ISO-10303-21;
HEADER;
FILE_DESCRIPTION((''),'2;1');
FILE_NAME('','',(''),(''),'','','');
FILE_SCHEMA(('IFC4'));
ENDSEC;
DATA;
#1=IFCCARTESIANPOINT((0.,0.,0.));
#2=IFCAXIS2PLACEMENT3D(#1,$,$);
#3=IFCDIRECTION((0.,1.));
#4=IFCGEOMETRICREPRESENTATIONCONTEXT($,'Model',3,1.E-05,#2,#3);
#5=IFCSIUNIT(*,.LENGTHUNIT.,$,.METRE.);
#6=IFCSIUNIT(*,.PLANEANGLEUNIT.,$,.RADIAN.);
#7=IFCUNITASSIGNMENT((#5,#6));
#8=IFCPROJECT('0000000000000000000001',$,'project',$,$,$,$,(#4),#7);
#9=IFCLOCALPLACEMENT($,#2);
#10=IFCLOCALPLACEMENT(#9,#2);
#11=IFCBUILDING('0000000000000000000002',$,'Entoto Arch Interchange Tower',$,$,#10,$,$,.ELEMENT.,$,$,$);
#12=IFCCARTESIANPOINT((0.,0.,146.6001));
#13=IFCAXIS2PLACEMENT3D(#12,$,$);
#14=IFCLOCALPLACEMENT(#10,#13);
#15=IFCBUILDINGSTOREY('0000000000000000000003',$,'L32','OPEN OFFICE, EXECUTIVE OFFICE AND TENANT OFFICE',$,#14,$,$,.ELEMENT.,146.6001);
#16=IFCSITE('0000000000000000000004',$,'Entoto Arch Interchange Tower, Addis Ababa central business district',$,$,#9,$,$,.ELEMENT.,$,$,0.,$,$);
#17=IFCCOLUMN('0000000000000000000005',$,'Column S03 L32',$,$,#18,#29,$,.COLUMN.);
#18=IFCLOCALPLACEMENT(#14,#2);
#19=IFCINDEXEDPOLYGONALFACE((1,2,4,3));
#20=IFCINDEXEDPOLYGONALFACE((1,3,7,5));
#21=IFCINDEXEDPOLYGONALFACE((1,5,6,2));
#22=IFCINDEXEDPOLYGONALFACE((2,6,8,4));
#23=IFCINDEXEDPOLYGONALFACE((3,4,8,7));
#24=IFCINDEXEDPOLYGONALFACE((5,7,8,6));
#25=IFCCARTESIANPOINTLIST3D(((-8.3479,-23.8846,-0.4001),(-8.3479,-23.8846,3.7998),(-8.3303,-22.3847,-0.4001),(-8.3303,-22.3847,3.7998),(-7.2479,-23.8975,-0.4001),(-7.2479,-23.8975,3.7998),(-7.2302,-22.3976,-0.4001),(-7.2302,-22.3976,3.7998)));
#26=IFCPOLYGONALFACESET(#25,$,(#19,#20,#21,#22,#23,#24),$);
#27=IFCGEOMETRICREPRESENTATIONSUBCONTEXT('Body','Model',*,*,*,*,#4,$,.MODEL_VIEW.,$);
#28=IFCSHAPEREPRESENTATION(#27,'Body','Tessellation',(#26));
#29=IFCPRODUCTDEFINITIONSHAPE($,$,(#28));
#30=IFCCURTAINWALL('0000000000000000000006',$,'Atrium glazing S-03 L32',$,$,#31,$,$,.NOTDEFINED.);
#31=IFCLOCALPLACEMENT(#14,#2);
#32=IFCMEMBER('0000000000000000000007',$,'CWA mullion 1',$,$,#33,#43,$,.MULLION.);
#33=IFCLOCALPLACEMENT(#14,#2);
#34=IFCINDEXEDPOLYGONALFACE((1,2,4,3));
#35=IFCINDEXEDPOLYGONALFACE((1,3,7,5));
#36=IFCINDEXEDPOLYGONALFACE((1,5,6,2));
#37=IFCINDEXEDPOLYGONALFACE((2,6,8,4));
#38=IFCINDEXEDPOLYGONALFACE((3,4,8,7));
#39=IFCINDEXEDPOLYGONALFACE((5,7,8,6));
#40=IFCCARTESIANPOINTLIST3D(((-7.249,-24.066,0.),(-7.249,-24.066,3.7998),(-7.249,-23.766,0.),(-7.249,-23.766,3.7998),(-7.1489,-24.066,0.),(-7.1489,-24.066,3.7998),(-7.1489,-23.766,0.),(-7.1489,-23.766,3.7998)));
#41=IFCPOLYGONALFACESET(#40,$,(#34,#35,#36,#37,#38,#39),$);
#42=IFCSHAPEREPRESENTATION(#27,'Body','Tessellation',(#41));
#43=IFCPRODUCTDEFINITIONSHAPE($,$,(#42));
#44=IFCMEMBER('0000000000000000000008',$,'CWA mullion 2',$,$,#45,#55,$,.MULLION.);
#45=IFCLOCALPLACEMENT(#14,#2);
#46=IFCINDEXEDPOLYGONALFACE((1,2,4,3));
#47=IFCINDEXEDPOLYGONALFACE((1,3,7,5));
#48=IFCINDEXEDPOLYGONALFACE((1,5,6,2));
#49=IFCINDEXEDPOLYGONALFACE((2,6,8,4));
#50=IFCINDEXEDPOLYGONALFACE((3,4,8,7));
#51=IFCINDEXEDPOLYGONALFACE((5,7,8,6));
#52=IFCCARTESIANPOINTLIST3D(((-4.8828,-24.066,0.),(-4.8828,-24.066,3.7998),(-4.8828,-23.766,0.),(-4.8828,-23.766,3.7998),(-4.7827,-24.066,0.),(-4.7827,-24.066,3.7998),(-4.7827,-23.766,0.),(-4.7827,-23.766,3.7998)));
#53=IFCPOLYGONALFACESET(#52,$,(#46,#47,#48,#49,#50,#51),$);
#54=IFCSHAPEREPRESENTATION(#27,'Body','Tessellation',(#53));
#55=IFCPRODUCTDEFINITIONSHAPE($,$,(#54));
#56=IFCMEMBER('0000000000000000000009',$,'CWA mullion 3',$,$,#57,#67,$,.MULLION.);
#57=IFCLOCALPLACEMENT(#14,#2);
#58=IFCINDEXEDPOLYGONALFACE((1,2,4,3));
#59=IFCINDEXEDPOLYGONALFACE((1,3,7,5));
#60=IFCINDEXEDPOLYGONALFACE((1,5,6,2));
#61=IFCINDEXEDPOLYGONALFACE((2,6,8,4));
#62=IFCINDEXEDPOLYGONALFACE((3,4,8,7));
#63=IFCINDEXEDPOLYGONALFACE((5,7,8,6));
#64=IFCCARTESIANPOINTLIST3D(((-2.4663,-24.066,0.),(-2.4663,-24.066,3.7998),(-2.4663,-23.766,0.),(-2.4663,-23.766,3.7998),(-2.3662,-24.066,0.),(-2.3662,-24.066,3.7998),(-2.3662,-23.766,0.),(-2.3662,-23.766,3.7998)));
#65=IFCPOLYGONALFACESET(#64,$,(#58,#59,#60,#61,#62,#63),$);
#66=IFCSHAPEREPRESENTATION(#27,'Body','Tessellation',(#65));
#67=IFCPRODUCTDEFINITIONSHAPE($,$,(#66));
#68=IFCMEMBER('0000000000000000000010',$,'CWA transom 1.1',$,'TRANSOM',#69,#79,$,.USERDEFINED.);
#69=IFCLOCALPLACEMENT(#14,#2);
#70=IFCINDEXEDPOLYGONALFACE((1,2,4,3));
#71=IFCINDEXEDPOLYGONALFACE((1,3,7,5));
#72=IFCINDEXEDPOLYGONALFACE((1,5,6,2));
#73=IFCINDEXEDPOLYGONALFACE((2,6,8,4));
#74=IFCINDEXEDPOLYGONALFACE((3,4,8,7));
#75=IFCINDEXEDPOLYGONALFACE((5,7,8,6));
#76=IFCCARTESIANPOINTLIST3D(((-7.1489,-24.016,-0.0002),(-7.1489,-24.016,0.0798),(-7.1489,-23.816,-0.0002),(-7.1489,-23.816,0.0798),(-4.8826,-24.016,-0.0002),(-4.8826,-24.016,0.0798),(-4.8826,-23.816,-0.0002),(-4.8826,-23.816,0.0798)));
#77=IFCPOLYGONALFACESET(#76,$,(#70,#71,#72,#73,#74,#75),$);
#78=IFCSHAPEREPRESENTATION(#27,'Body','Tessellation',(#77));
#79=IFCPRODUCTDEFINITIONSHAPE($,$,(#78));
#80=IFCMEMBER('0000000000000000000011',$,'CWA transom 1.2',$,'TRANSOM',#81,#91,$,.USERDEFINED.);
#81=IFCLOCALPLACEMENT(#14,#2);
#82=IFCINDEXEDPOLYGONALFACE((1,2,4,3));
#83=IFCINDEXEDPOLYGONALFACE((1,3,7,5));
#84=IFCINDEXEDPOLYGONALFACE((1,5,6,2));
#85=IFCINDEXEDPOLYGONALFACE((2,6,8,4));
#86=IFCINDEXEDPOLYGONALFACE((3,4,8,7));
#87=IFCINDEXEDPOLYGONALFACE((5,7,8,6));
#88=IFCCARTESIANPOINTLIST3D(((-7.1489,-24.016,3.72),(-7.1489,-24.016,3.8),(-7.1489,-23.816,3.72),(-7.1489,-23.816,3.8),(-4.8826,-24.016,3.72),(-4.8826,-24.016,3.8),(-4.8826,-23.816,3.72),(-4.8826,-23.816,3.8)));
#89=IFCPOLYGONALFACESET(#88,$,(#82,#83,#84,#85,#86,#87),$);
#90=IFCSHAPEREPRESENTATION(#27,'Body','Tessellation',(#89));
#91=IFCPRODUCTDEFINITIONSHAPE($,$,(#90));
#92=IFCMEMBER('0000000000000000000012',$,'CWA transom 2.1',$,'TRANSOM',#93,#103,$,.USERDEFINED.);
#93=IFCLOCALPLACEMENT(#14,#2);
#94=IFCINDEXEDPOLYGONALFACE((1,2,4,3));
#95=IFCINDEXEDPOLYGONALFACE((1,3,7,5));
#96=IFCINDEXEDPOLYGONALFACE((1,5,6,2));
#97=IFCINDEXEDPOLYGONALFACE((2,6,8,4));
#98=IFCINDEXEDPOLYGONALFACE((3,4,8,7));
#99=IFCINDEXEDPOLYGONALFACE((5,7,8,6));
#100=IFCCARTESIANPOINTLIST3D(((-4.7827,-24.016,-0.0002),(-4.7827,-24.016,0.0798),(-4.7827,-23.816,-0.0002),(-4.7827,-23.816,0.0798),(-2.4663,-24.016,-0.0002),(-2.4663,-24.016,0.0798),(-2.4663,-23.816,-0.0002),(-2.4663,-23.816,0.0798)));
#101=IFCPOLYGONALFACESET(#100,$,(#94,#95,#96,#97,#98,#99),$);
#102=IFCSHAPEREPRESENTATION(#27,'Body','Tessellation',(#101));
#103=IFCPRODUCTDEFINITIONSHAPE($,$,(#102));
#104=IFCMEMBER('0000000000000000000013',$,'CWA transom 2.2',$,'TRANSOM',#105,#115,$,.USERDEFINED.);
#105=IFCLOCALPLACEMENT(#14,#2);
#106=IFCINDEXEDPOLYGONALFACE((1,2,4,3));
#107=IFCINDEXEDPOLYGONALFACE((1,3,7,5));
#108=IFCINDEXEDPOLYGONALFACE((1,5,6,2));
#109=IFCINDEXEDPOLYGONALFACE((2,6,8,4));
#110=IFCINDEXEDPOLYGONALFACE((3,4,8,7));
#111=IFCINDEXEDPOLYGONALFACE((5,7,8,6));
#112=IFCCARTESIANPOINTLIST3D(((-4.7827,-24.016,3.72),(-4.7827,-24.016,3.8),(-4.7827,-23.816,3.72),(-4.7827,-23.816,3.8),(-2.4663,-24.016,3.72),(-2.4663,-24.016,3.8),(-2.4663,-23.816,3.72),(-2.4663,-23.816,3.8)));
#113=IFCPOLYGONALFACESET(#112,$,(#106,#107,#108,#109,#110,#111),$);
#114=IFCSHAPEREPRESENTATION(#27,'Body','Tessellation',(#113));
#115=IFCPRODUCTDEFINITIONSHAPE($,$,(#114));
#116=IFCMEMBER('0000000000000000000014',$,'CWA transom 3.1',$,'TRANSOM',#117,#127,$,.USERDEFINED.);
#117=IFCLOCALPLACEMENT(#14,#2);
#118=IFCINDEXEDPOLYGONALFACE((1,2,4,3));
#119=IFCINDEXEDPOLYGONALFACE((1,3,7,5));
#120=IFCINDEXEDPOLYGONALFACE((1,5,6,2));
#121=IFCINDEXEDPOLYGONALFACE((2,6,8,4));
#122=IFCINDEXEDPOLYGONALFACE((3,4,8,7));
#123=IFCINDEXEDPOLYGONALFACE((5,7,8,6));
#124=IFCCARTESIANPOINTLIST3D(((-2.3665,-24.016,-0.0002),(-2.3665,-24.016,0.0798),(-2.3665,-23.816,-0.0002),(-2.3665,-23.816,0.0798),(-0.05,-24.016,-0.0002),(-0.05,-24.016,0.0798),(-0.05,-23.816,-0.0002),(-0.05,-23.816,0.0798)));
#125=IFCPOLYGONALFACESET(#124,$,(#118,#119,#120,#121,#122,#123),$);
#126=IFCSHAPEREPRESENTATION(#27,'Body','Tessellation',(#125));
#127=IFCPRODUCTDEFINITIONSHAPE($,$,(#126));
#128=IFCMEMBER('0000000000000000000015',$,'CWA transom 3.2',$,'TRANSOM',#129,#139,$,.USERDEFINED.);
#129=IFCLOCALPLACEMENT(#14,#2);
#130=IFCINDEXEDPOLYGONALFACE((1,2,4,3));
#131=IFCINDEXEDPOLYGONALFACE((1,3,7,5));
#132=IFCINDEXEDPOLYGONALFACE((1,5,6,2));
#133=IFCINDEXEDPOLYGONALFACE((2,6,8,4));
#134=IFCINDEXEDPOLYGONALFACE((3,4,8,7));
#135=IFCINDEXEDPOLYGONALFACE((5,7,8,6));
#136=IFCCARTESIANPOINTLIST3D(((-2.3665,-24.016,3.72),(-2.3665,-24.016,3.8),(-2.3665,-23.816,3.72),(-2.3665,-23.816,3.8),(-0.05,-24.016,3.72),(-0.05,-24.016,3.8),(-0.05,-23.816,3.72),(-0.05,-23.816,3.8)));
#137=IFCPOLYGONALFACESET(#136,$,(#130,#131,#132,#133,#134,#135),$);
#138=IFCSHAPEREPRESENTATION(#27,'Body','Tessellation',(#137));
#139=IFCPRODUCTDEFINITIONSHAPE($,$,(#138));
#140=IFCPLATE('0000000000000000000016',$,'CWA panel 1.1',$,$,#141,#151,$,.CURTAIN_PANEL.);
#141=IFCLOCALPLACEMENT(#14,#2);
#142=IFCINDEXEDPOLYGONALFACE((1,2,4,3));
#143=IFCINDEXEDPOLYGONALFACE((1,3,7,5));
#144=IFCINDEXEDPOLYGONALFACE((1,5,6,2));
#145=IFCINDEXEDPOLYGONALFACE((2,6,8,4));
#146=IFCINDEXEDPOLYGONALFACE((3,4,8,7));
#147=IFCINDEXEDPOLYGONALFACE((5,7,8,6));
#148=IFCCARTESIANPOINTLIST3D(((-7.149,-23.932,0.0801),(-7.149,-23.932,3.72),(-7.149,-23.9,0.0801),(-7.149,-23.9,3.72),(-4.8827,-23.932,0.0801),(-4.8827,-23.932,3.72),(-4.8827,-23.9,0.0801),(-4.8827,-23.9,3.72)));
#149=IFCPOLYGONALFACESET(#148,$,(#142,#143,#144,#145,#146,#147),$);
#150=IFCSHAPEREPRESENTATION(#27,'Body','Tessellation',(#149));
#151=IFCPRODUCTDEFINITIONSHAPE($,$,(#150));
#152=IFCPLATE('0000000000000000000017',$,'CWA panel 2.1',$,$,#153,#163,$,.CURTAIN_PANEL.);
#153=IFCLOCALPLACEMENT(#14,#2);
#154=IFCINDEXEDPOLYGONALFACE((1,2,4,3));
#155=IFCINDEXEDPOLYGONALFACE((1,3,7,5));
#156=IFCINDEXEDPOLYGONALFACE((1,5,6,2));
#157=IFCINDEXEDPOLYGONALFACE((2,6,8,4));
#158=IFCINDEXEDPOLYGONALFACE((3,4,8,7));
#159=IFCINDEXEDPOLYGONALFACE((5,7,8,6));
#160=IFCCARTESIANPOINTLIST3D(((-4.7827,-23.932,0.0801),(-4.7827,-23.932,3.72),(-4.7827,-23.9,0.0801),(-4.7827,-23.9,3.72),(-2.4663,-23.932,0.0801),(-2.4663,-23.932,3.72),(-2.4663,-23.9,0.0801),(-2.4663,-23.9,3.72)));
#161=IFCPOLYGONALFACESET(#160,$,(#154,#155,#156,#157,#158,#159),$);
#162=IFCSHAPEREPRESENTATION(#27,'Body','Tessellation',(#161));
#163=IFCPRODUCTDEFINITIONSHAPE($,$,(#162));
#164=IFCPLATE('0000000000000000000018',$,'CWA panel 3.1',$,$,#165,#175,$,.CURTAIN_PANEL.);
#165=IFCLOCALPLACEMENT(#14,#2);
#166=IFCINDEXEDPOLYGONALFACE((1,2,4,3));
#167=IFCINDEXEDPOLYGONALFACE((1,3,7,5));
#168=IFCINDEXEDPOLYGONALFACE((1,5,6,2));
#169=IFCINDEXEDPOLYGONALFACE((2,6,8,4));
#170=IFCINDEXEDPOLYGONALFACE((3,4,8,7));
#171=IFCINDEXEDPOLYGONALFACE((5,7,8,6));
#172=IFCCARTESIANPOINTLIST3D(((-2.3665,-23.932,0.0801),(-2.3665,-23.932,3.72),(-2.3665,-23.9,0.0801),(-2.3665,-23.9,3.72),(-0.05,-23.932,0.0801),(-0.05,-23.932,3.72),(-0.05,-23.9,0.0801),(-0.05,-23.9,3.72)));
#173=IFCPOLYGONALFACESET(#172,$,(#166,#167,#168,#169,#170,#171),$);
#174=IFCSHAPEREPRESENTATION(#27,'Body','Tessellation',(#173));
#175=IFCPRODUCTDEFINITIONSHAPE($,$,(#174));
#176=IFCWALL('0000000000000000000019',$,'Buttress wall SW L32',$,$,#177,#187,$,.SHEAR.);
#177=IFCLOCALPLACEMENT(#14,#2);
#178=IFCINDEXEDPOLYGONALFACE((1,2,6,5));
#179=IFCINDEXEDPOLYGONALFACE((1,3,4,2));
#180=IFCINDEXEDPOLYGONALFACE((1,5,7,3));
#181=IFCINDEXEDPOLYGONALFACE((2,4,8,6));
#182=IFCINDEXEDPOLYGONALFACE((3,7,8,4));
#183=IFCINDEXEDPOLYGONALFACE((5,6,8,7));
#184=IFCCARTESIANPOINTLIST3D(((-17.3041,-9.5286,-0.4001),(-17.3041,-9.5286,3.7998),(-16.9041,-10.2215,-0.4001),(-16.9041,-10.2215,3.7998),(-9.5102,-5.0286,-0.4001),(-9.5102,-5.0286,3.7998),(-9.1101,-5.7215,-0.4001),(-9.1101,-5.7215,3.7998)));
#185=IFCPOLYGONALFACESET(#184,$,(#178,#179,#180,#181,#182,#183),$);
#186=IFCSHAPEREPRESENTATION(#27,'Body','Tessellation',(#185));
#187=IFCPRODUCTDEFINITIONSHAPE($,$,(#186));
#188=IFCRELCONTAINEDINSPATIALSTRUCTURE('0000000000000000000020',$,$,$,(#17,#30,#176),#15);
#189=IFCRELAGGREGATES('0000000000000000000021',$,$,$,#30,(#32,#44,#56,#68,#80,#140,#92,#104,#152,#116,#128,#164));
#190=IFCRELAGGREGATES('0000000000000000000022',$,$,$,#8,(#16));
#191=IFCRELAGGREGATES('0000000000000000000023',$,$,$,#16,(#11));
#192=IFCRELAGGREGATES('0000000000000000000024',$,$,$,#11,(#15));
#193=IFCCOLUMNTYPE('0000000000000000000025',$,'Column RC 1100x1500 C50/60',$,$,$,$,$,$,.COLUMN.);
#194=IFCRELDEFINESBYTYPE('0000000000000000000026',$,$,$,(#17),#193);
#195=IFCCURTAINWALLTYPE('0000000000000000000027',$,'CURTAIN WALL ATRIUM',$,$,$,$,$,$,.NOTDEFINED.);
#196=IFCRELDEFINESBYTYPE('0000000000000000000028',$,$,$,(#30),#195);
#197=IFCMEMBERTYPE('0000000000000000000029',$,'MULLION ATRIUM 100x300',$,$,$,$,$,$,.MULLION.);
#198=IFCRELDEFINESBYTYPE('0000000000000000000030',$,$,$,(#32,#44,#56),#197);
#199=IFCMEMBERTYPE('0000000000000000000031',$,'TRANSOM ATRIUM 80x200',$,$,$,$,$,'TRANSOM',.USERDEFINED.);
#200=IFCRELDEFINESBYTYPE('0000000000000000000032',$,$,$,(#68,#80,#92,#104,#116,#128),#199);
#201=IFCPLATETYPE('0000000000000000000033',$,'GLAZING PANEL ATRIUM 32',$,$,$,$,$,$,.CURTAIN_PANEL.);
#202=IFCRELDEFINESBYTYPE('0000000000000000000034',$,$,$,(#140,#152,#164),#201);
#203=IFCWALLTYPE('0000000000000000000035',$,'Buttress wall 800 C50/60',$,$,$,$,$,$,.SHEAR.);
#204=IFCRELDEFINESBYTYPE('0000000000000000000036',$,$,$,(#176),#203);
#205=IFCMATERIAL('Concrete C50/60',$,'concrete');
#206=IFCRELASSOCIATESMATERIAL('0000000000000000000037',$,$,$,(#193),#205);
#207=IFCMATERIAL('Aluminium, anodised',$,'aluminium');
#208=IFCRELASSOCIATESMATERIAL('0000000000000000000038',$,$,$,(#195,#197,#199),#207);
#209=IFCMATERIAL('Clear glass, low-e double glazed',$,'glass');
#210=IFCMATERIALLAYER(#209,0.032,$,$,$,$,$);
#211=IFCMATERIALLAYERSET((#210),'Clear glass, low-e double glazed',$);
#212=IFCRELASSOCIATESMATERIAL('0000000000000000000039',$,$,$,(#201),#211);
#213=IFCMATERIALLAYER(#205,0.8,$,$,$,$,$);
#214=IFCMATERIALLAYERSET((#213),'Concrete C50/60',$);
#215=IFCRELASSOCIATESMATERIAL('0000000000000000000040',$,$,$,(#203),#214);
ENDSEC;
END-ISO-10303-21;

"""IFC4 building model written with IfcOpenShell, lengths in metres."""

from ifc_helpers import new_model, si_unit, direction, frame, frame_2d, origin, origin_2d, place, context, subcontext, project, spatial, rectangle, extrude, material, layer, layer_set, material_profile, profile_set, type_object, element, aggregate, save


model = new_model("IFC4")

# Units and contexts
model_context = context("Model", 3, precision=1e-05, world=origin(), true_north=direction((0.0, 1.0)))
body_context = subcontext(model_context, "Body", "Model", "MODEL_VIEW")
ifc_project = project(units=[si_unit("LENGTHUNIT", "METRE"), si_unit("PLANEANGLEUNIT", "RADIAN")], contexts=[model_context])

# Site, building, storey
site_placement = place(None, origin())
site = spatial("IfcSite", under=ifc_project, at=site_placement, Name="Entoto Arch Interchange Tower, Addis Ababa central business district", CompositionType="ELEMENT", RefElevation=0.0)
building_placement = place(site_placement, origin())
building = spatial("IfcBuilding", under=site, at=building_placement, Name="Entoto Arch Interchange Tower", CompositionType="ELEMENT")
storey_placement = place(building_placement, frame((0.0, 0.0, 146.6001)))
storey = spatial("IfcBuildingStorey", under=building, at=storey_placement, Name="L32", Description="OPEN OFFICE, EXECUTIVE OFFICE AND TENANT OFFICE", CompositionType="ELEMENT", Elevation=146.6001)

# Column
ifc_material_1 = material(Name="Concrete C50/60", Category="concrete")
ifc_material_profile_1 = material_profile(ifc_material_1, rectangle(XDim=1.1001, YDim=1.5, at=origin_2d()))
ifc_profile_set_1 = profile_set([ifc_material_profile_1], Name="Concrete C50/60")
column_type = type_object("IfcColumnType", Name="Column RC 1100x1500 C50/60", PredefinedType="COLUMN", material=ifc_profile_set_1)
column_placement = place(storey_placement, frame((-7.7891, -23.1411, -0.4001), z_axis=(0.0, 0.0, 1.0), x_axis=(-0.999931, 0.011746, 0.0)))
element("IfcColumn", 1, at=column_placement, inside=storey, type_object=column_type, Name="Column S03 L32", PredefinedType="COLUMN", context=body_context, shape_type="SweptSolid", body=[
    extrude(rectangle(XDim=1.1001, YDim=1.5, at=origin_2d()), origin(), (0.0, 0.0, 1.0), 4.2),
])

# Curtain wall, members, plates
ifc_material_2 = material(Name="Aluminium, anodised", Category="aluminium")
curtain_wall_type = type_object("IfcCurtainWallType", Name="CURTAIN WALL ATRIUM", PredefinedType="NOTDEFINED", material=ifc_material_2)
curtain_wall_placement = place(storey_placement, origin())
curtain_wall = element("IfcCurtainWall", 2, at=curtain_wall_placement, inside=storey, type_object=curtain_wall_type, Name="Atrium glazing S-03 L32", PredefinedType="NOTDEFINED")
ifc_material_profile_2 = material_profile(ifc_material_2, rectangle(XDim=0.3, YDim=0.1001, at=origin_2d()))
ifc_profile_set_2 = profile_set([ifc_material_profile_2], Name="Aluminium, anodised")
member_type_1 = type_object("IfcMemberType", Name="MULLION ATRIUM 100x300", PredefinedType="MULLION", material=ifc_profile_set_2)
member_1_placement = place(storey_placement, frame((-7.199, -23.916, 0.0), z_axis=(0.0, 0.0, 1.0), x_axis=(0.0, 1.0, 0.0)))
member_1 = element("IfcMember", 3, at=member_1_placement, type_object=member_type_1, Name="CWA mullion 1", PredefinedType="MULLION", context=body_context, shape_type="SweptSolid", body=[
    extrude(rectangle(XDim=0.3, YDim=0.1001, at=origin_2d()), origin(), (0.0, 0.0, 1.0), 3.7998),
])
member_2_placement = place(storey_placement, frame((-4.8328, -23.916, 0.0), z_axis=(0.0, 0.0, 1.0), x_axis=(0.0, 1.0, 0.0)))
member_2 = element("IfcMember", 4, at=member_2_placement, type_object=member_type_1, Name="CWA mullion 2", PredefinedType="MULLION", context=body_context, shape_type="SweptSolid", body=[
    extrude(rectangle(XDim=0.3, YDim=0.1001, at=origin_2d()), origin(), (0.0, 0.0, 1.0), 3.7998),
])
member_3_placement = place(storey_placement, frame((-2.4163, -23.916, 0.0), z_axis=(0.0, 0.0, 1.0), x_axis=(0.0, 1.0, 0.0)))
member_3 = element("IfcMember", 5, at=member_3_placement, type_object=member_type_1, Name="CWA mullion 3", PredefinedType="MULLION", context=body_context, shape_type="SweptSolid", body=[
    extrude(rectangle(XDim=0.3, YDim=0.1001, at=origin_2d()), origin(), (0.0, 0.0, 1.0), 3.7998),
])
ifc_material_profile_3 = material_profile(ifc_material_2, rectangle(XDim=0.2, YDim=0.0801, at=origin_2d()))
ifc_profile_set_3 = profile_set([ifc_material_profile_3], Name="Aluminium, anodised")
member_type_2 = type_object("IfcMemberType", Name="TRANSOM ATRIUM 80x200", ElementType="TRANSOM", PredefinedType="USERDEFINED", material=ifc_profile_set_3)
member_4_placement = place(storey_placement, frame((-7.1489, -23.916, 0.0398), z_axis=(1.0, 0.0, 0.0), x_axis=(0.0, 1.0, 0.0)))
member_4 = element("IfcMember", 6, at=member_4_placement, type_object=member_type_2, Name="CWA transom 1.1", ObjectType="TRANSOM", PredefinedType="USERDEFINED", context=body_context, shape_type="SweptSolid", body=[
    extrude(rectangle(XDim=0.2, YDim=0.0801, at=origin_2d()), origin(), (0.0, 0.0, 1.0), 2.2664),
])
member_5_placement = place(storey_placement, frame((-7.1489, -23.916, 3.76), z_axis=(1.0, 0.0, 0.0), x_axis=(0.0, 1.0, 0.0)))
member_5 = element("IfcMember", 7, at=member_5_placement, type_object=member_type_2, Name="CWA transom 1.2", ObjectType="TRANSOM", PredefinedType="USERDEFINED", context=body_context, shape_type="SweptSolid", body=[
    extrude(rectangle(XDim=0.2, YDim=0.0801, at=origin_2d()), origin(), (0.0, 0.0, 1.0), 2.2664),
])
member_6_placement = place(storey_placement, frame((-4.7827, -23.916, 0.0398), z_axis=(1.0, 0.0, 0.0), x_axis=(0.0, 1.0, 0.0)))
member_6 = element("IfcMember", 8, at=member_6_placement, type_object=member_type_2, Name="CWA transom 2.1", ObjectType="TRANSOM", PredefinedType="USERDEFINED", context=body_context, shape_type="SweptSolid", body=[
    extrude(rectangle(XDim=0.2, YDim=0.0801, at=origin_2d()), origin(), (0.0, 0.0, 1.0), 2.3164),
])
member_7_placement = place(storey_placement, frame((-4.7827, -23.916, 3.76), z_axis=(1.0, 0.0, 0.0), x_axis=(0.0, 1.0, 0.0)))
member_7 = element("IfcMember", 9, at=member_7_placement, type_object=member_type_2, Name="CWA transom 2.2", ObjectType="TRANSOM", PredefinedType="USERDEFINED", context=body_context, shape_type="SweptSolid", body=[
    extrude(rectangle(XDim=0.2, YDim=0.0801, at=origin_2d()), origin(), (0.0, 0.0, 1.0), 2.3164),
])
member_8_placement = place(storey_placement, frame((-2.3665, -23.916, 0.0398), z_axis=(1.0, 0.0, 0.0), x_axis=(0.0, 1.0, 0.0)))
member_8 = element("IfcMember", 10, at=member_8_placement, type_object=member_type_2, Name="CWA transom 3.1", ObjectType="TRANSOM", PredefinedType="USERDEFINED", context=body_context, shape_type="SweptSolid", body=[
    extrude(rectangle(XDim=0.2, YDim=0.0801, at=origin_2d()), origin(), (0.0, 0.0, 1.0), 2.3164),
])
member_9_placement = place(storey_placement, frame((-2.3665, -23.916, 3.76), z_axis=(1.0, 0.0, 0.0), x_axis=(0.0, 1.0, 0.0)))
member_9 = element("IfcMember", 11, at=member_9_placement, type_object=member_type_2, Name="CWA transom 3.2", ObjectType="TRANSOM", PredefinedType="USERDEFINED", context=body_context, shape_type="SweptSolid", body=[
    extrude(rectangle(XDim=0.2, YDim=0.0801, at=origin_2d()), origin(), (0.0, 0.0, 1.0), 2.3164),
])
ifc_material_3 = material(Name="Clear glass, low-e double glazed", Category="glass")
ifc_layer_1 = layer(ifc_material_3, 0.032)
ifc_layer_set_1 = layer_set([ifc_layer_1], Name="Clear glass, low-e double glazed")
plate_type = type_object("IfcPlateType", Name="GLAZING PANEL ATRIUM 32", PredefinedType="CURTAIN_PANEL", material=ifc_layer_set_1)
plate_1_placement = place(storey_placement, frame((-6.0159, -23.916, 0.0801), z_axis=(0.0, 0.0, 1.0), x_axis=(1.0, 0.0, 0.0)))
plate_1 = element("IfcPlate", 12, at=plate_1_placement, type_object=plate_type, Name="CWA panel 1.1", PredefinedType="CURTAIN_PANEL", context=body_context, shape_type="SweptSolid", body=[
    extrude(rectangle(XDim=2.2664, YDim=0.032, at=origin_2d()), origin(), (0.0, 0.0, 1.0), 3.6399),
])
plate_2_placement = place(storey_placement, frame((-3.6245, -23.916, 0.0801), z_axis=(0.0, 0.0, 1.0), x_axis=(1.0, 0.0, 0.0)))
plate_2 = element("IfcPlate", 13, at=plate_2_placement, type_object=plate_type, Name="CWA panel 2.1", PredefinedType="CURTAIN_PANEL", context=body_context, shape_type="SweptSolid", body=[
    extrude(rectangle(XDim=2.3164, YDim=0.032, at=origin_2d()), origin(), (0.0, 0.0, 1.0), 3.6399),
])
plate_3_placement = place(storey_placement, frame((-1.2083, -23.916, 0.0801), z_axis=(0.0, 0.0, 1.0), x_axis=(1.0, 0.0, 0.0)))
plate_3 = element("IfcPlate", 14, at=plate_3_placement, type_object=plate_type, Name="CWA panel 3.1", PredefinedType="CURTAIN_PANEL", context=body_context, shape_type="SweptSolid", body=[
    extrude(rectangle(XDim=2.3164, YDim=0.032, at=origin_2d()), origin(), (0.0, 0.0, 1.0), 3.6399),
])
aggregate(curtain_wall, [member_1, member_2, member_3, member_4, member_5, plate_1, member_6, member_7, plate_2, member_8, member_9, plate_3])

# Wall
ifc_layer_2 = layer(ifc_material_1, 0.8)
ifc_layer_set_2 = layer_set([ifc_layer_2], Name="Concrete C50/60")
wall_type_1 = type_object("IfcWallType", Name="Buttress wall 800 C50/60", PredefinedType="SHEAR", material=ifc_layer_set_2)
wall_1_placement = place(storey_placement, frame((-9.3101, -5.375, -0.4001), z_axis=(0.0, 0.0, 1.0), x_axis=(-0.866018, -0.500014, 0.0)))
element("IfcWall", 15, at=wall_1_placement, inside=storey, type_object=wall_type_1, Name="Buttress wall SW L32", PredefinedType="SHEAR", context=body_context, shape_type="SweptSolid", body=[
    extrude(rectangle(XDim=8.9998, YDim=0.8, at=frame_2d((4.5, 0.0))), origin(), (0.0, 0.0, 1.0), 4.2),
])

save(model, "model.ifc")
